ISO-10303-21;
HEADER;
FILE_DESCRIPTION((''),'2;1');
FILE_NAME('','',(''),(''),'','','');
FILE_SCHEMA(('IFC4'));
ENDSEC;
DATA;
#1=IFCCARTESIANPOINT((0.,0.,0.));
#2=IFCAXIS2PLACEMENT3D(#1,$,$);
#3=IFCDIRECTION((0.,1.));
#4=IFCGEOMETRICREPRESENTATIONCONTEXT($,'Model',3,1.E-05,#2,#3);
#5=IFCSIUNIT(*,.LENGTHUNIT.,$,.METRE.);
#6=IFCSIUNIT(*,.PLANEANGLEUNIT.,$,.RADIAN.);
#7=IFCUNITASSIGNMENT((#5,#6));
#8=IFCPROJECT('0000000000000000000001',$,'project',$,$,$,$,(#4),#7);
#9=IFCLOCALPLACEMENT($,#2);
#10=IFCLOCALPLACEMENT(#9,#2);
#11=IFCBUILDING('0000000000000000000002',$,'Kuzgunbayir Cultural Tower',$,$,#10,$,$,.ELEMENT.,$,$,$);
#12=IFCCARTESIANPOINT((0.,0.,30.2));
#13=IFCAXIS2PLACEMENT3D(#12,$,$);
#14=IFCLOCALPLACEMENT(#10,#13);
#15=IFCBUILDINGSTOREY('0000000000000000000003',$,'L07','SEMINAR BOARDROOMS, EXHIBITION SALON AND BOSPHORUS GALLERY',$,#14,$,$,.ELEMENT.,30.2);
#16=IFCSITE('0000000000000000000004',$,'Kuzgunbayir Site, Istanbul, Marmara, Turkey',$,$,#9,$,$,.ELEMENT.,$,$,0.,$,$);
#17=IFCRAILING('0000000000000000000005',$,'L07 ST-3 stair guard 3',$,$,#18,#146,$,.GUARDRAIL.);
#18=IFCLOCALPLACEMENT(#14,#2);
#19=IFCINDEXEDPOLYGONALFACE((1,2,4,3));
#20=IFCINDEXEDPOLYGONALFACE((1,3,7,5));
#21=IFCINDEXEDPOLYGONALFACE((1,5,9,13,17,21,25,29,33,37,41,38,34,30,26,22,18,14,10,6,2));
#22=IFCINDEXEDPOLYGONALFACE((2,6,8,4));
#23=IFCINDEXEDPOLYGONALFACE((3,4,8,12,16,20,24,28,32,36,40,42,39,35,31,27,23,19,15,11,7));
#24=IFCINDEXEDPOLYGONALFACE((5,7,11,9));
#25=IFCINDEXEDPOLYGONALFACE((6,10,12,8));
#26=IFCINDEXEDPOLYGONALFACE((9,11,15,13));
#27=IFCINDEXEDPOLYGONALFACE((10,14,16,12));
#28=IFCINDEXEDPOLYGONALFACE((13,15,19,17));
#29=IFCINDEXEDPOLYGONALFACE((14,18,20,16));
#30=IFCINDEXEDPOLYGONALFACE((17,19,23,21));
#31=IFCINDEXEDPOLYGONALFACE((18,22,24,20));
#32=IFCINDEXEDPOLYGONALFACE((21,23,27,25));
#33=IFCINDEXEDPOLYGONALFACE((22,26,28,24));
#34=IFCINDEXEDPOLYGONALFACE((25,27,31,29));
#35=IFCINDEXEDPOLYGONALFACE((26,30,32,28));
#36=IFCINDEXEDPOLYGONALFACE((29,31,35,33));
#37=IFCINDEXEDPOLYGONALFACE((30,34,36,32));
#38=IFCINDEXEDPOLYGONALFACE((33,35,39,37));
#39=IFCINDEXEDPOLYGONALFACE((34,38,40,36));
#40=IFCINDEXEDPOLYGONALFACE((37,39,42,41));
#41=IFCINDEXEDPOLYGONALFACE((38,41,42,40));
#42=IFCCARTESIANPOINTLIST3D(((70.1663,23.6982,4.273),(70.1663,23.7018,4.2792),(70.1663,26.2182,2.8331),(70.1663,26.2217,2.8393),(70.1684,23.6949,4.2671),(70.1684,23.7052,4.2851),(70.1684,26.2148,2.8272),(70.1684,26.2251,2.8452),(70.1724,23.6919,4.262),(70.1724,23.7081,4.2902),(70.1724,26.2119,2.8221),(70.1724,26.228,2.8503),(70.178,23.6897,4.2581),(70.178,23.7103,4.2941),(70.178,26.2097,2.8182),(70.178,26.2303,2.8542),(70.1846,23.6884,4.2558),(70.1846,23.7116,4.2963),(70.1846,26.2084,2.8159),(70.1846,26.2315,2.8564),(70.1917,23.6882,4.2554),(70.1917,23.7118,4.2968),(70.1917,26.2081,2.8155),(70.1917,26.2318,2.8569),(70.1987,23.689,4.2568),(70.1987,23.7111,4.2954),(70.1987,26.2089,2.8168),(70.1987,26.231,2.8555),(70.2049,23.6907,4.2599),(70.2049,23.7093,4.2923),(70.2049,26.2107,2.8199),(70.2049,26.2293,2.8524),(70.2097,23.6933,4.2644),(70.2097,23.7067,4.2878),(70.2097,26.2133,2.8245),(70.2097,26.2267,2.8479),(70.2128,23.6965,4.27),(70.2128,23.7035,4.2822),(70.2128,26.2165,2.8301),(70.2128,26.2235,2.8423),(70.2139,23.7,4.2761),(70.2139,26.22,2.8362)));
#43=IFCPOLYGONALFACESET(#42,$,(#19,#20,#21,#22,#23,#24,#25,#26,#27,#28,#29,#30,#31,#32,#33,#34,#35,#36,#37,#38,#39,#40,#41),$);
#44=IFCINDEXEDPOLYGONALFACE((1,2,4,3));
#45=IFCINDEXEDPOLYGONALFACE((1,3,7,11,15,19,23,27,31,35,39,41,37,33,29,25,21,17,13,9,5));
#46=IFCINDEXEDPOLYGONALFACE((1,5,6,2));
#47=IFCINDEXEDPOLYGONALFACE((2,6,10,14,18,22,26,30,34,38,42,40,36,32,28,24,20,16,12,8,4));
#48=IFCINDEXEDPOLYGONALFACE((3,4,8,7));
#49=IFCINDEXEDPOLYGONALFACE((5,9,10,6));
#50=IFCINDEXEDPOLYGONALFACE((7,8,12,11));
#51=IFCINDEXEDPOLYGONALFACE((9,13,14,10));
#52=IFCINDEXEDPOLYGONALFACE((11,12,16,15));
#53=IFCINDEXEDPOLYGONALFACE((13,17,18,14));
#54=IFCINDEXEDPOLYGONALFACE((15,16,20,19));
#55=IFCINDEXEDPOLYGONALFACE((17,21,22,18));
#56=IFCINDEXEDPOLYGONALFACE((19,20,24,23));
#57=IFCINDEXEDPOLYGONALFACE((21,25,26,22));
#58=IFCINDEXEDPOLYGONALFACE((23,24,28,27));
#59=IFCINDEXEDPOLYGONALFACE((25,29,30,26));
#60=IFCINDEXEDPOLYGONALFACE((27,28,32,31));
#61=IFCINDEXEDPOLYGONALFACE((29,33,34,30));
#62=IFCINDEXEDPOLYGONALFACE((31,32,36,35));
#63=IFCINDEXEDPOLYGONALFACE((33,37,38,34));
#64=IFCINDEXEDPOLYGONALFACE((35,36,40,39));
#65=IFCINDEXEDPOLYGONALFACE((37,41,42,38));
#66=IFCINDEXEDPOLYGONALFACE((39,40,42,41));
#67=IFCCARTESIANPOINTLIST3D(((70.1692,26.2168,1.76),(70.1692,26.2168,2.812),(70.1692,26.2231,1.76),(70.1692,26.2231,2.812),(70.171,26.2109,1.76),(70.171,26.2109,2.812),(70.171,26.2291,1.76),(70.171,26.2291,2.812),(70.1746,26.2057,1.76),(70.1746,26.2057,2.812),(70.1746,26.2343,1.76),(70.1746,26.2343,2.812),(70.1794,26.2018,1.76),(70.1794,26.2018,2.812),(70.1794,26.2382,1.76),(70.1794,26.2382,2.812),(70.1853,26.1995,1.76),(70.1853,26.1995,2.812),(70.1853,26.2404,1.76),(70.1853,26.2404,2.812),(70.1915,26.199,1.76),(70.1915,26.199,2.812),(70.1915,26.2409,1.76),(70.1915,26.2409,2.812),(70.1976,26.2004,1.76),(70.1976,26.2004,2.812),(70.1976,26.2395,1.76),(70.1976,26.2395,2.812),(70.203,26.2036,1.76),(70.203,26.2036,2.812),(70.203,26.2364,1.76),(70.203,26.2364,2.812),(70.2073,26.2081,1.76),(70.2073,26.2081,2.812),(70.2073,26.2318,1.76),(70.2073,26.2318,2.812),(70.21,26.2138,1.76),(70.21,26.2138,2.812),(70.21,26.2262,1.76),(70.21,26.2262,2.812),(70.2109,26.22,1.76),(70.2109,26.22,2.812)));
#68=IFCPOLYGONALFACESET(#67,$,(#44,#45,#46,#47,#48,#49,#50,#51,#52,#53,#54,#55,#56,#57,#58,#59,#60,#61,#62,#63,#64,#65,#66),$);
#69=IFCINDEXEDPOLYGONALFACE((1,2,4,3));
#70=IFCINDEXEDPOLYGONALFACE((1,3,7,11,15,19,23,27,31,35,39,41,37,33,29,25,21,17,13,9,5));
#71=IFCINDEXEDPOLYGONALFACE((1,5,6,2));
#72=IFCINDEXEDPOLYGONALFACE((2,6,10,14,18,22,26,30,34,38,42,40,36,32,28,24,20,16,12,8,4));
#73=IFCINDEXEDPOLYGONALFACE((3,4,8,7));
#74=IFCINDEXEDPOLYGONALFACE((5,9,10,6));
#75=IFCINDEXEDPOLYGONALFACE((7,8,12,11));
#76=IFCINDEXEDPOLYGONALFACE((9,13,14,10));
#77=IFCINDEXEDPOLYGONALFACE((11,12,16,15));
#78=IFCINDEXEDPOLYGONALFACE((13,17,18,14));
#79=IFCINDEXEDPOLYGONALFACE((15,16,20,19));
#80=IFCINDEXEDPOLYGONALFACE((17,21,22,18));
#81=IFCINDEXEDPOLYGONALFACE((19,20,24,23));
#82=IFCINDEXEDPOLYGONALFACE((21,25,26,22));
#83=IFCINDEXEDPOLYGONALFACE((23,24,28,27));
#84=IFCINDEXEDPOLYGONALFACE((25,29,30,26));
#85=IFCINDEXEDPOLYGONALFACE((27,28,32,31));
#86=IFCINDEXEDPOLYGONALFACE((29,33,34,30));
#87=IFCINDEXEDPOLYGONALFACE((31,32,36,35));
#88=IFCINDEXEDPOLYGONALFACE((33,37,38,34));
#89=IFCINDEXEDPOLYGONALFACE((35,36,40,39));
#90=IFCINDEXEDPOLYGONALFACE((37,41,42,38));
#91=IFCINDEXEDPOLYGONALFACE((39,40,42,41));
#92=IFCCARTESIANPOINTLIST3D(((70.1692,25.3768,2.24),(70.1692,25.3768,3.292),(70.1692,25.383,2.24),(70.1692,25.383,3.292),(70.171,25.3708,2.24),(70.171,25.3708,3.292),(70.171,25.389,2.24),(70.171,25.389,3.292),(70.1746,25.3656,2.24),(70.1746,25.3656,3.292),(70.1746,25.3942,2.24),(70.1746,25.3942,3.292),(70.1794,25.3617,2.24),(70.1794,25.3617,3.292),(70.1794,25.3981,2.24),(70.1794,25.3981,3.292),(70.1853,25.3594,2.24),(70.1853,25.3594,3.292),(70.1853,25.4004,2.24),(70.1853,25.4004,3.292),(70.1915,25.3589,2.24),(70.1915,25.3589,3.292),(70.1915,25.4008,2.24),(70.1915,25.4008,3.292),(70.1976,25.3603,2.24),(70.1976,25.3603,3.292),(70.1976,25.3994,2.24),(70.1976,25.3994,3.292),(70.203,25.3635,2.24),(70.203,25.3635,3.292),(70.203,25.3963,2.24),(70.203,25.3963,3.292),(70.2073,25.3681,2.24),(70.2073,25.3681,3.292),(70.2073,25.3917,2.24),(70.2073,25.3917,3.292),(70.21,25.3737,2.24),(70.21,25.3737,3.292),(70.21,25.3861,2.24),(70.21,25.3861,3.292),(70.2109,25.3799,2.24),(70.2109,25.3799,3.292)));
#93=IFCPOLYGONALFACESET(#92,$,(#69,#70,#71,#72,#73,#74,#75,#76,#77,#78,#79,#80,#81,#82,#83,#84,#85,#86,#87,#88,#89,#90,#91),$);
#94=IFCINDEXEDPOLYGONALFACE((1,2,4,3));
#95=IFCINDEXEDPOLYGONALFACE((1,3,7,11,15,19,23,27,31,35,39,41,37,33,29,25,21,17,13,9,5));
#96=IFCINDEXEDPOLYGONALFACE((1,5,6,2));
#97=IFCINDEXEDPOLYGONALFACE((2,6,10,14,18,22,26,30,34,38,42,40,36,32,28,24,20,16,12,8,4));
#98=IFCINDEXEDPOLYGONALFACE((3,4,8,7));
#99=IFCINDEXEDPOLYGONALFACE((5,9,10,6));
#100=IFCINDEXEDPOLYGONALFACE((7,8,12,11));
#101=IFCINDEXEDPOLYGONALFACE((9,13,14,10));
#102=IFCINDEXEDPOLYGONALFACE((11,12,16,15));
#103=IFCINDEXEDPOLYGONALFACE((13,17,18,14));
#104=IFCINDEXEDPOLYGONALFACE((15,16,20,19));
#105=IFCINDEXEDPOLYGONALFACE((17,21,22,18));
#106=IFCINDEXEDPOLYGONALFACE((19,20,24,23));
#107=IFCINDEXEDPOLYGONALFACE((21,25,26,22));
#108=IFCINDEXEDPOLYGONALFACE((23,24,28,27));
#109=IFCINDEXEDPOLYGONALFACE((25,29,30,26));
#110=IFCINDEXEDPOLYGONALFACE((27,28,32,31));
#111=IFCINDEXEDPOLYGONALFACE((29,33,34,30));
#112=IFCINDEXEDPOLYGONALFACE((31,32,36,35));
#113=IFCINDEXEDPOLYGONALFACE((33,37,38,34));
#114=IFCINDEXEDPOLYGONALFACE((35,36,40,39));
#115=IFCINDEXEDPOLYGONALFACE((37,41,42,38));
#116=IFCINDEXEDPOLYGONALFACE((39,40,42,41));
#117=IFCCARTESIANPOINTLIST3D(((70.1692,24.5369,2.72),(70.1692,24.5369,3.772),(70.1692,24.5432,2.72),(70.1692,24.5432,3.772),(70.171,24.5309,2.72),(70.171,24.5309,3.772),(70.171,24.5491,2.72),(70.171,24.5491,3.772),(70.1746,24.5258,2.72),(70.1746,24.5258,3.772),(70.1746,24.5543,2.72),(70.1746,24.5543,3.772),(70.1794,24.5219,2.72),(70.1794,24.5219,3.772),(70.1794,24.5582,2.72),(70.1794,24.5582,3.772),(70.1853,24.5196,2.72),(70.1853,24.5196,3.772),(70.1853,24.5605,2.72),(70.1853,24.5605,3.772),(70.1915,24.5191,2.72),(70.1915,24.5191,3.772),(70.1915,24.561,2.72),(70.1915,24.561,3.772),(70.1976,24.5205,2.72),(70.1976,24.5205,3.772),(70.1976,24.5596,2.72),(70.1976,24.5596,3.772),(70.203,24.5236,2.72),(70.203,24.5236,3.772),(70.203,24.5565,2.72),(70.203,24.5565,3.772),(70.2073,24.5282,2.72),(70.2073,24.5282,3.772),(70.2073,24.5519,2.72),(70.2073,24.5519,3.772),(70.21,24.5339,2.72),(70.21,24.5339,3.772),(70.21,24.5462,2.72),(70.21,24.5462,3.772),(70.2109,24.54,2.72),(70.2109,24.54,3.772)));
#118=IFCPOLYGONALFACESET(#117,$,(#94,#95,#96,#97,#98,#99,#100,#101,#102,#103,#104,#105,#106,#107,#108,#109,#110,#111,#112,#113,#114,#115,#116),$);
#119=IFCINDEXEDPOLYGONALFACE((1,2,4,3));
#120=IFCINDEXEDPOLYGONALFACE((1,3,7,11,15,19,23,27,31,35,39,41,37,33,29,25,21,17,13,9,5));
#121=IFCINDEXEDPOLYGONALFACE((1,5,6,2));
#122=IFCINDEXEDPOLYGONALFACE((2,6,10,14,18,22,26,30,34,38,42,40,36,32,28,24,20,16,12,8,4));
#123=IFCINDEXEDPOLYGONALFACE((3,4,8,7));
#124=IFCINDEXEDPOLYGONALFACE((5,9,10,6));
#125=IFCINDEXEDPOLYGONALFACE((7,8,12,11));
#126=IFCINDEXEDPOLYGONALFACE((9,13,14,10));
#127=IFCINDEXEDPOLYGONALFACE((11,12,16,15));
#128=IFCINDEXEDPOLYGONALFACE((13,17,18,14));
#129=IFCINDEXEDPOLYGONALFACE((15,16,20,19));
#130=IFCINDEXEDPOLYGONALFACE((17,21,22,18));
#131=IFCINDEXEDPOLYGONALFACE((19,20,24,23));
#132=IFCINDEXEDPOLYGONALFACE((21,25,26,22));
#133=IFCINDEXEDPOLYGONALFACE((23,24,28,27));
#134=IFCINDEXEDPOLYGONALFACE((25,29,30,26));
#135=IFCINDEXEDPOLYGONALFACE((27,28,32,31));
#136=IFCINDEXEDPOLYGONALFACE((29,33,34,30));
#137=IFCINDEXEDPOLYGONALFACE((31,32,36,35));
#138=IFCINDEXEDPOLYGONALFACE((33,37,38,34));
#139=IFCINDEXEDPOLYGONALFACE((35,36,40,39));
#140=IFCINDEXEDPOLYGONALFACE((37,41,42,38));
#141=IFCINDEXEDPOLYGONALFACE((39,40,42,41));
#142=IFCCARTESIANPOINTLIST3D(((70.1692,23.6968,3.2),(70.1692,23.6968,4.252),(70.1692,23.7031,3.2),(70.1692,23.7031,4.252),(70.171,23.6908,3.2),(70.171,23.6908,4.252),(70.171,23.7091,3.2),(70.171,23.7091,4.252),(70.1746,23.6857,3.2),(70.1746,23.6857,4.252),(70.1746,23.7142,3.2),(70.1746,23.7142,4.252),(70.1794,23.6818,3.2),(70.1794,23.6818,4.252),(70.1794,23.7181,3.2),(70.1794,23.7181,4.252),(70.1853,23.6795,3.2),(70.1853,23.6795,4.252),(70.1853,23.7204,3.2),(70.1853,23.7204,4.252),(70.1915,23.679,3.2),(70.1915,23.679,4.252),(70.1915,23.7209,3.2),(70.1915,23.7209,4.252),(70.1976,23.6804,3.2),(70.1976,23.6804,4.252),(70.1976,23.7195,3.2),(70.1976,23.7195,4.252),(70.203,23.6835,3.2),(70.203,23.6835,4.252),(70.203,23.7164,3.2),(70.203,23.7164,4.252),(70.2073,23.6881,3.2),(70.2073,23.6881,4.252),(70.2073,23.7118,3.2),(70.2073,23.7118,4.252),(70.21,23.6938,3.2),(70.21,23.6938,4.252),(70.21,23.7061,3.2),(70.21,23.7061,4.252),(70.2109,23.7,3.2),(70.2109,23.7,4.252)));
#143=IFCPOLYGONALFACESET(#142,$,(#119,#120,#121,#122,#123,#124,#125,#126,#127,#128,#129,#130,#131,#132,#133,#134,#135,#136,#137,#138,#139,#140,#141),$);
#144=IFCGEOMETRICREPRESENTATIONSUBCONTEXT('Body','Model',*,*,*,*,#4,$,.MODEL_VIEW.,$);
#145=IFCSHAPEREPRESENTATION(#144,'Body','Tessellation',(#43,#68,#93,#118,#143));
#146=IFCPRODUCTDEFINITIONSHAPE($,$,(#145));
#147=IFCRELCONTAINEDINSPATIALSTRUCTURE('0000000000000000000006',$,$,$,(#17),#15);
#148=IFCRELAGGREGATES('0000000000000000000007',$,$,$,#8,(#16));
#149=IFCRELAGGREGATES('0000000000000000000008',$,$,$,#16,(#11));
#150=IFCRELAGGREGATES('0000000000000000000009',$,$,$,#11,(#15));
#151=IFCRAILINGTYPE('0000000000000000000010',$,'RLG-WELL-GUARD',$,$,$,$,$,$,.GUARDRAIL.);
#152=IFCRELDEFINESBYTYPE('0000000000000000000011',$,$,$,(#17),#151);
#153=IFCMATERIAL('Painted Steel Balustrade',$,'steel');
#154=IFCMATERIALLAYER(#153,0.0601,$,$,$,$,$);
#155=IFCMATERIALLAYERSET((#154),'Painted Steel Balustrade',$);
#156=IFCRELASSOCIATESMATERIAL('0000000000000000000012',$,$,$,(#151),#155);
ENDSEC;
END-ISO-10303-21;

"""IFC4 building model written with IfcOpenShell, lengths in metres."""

from ifc_helpers import new_model, si_unit, direction, frame, origin, origin_2d, place, context, subcontext, project, spatial, circle, extrude, material, layer, layer_set, type_object, element, save


model = new_model("IFC4")

# Units and contexts
model_context = context("Model", 3, precision=1e-05, world=origin(), true_north=direction((0.0, 1.0)))
body_context = subcontext(model_context, "Body", "Model", "MODEL_VIEW")
ifc_project = project(units=[si_unit("LENGTHUNIT", "METRE"), si_unit("PLANEANGLEUNIT", "RADIAN")], contexts=[model_context])

# Site, building, storey
site_placement = place(None, origin())
site = spatial("IfcSite", under=ifc_project, at=site_placement, Name="Kuzgunbayir Site, Istanbul, Marmara, Turkey", CompositionType="ELEMENT", RefElevation=0.0)
building_placement = place(site_placement, origin())
building = spatial("IfcBuilding", under=site, at=building_placement, Name="Kuzgunbayir Cultural Tower", CompositionType="ELEMENT")
storey_placement = place(building_placement, frame((0.0, 0.0, 30.2)))
storey = spatial("IfcBuildingStorey", under=building, at=storey_placement, Name="L07", Description="SEMINAR BOARDROOMS, EXHIBITION SALON AND BOSPHORUS GALLERY", CompositionType="ELEMENT", Elevation=30.2)

# Railing
ifc_material_1 = material(Name="Painted Steel Balustrade", Category="steel")
ifc_layer_1 = layer(ifc_material_1, 0.0601)
ifc_layer_set_1 = layer_set([ifc_layer_1], Name="Painted Steel Balustrade")
railing_type_1 = type_object("IfcRailingType", Name="RLG-WELL-GUARD", PredefinedType="GUARDRAIL", material=ifc_layer_set_1)
railing_1_placement = place(storey_placement, frame((70.1899, 26.22, 1.76)))
element("IfcRailing", 1, at=railing_1_placement, inside=storey, type_object=railing_type_1, Name="L07 ST-3 stair guard 3", PredefinedType="GUARDRAIL", context=body_context, shape_type="SweptSolid", body=[
    extrude(circle(Radius=0.0239, at=origin_2d()), frame((0.0, 0.0, 1.0762), z_axis=(0.0, -0.868253, 0.496121), x_axis=(1.0, 0.0, 0.0)), (0.0, 0.0, 1.0), 2.9023),
    extrude(circle(Radius=0.021, at=origin_2d()), origin(), (0.0, 0.0, 1.0), 1.052),
    extrude(circle(Radius=0.021, at=origin_2d()), frame((0.0, -0.8401, 0.48)), (0.0, 0.0, 1.0), 1.052),
    extrude(circle(Radius=0.021, at=origin_2d()), frame((0.0, -1.6799, 0.96)), (0.0, 0.0, 1.0), 1.052),
    extrude(circle(Radius=0.021, at=origin_2d()), frame((0.0, -2.52, 1.4399)), (0.0, 0.0, 1.0), 1.052),
])

save(model, "model.ifc")
